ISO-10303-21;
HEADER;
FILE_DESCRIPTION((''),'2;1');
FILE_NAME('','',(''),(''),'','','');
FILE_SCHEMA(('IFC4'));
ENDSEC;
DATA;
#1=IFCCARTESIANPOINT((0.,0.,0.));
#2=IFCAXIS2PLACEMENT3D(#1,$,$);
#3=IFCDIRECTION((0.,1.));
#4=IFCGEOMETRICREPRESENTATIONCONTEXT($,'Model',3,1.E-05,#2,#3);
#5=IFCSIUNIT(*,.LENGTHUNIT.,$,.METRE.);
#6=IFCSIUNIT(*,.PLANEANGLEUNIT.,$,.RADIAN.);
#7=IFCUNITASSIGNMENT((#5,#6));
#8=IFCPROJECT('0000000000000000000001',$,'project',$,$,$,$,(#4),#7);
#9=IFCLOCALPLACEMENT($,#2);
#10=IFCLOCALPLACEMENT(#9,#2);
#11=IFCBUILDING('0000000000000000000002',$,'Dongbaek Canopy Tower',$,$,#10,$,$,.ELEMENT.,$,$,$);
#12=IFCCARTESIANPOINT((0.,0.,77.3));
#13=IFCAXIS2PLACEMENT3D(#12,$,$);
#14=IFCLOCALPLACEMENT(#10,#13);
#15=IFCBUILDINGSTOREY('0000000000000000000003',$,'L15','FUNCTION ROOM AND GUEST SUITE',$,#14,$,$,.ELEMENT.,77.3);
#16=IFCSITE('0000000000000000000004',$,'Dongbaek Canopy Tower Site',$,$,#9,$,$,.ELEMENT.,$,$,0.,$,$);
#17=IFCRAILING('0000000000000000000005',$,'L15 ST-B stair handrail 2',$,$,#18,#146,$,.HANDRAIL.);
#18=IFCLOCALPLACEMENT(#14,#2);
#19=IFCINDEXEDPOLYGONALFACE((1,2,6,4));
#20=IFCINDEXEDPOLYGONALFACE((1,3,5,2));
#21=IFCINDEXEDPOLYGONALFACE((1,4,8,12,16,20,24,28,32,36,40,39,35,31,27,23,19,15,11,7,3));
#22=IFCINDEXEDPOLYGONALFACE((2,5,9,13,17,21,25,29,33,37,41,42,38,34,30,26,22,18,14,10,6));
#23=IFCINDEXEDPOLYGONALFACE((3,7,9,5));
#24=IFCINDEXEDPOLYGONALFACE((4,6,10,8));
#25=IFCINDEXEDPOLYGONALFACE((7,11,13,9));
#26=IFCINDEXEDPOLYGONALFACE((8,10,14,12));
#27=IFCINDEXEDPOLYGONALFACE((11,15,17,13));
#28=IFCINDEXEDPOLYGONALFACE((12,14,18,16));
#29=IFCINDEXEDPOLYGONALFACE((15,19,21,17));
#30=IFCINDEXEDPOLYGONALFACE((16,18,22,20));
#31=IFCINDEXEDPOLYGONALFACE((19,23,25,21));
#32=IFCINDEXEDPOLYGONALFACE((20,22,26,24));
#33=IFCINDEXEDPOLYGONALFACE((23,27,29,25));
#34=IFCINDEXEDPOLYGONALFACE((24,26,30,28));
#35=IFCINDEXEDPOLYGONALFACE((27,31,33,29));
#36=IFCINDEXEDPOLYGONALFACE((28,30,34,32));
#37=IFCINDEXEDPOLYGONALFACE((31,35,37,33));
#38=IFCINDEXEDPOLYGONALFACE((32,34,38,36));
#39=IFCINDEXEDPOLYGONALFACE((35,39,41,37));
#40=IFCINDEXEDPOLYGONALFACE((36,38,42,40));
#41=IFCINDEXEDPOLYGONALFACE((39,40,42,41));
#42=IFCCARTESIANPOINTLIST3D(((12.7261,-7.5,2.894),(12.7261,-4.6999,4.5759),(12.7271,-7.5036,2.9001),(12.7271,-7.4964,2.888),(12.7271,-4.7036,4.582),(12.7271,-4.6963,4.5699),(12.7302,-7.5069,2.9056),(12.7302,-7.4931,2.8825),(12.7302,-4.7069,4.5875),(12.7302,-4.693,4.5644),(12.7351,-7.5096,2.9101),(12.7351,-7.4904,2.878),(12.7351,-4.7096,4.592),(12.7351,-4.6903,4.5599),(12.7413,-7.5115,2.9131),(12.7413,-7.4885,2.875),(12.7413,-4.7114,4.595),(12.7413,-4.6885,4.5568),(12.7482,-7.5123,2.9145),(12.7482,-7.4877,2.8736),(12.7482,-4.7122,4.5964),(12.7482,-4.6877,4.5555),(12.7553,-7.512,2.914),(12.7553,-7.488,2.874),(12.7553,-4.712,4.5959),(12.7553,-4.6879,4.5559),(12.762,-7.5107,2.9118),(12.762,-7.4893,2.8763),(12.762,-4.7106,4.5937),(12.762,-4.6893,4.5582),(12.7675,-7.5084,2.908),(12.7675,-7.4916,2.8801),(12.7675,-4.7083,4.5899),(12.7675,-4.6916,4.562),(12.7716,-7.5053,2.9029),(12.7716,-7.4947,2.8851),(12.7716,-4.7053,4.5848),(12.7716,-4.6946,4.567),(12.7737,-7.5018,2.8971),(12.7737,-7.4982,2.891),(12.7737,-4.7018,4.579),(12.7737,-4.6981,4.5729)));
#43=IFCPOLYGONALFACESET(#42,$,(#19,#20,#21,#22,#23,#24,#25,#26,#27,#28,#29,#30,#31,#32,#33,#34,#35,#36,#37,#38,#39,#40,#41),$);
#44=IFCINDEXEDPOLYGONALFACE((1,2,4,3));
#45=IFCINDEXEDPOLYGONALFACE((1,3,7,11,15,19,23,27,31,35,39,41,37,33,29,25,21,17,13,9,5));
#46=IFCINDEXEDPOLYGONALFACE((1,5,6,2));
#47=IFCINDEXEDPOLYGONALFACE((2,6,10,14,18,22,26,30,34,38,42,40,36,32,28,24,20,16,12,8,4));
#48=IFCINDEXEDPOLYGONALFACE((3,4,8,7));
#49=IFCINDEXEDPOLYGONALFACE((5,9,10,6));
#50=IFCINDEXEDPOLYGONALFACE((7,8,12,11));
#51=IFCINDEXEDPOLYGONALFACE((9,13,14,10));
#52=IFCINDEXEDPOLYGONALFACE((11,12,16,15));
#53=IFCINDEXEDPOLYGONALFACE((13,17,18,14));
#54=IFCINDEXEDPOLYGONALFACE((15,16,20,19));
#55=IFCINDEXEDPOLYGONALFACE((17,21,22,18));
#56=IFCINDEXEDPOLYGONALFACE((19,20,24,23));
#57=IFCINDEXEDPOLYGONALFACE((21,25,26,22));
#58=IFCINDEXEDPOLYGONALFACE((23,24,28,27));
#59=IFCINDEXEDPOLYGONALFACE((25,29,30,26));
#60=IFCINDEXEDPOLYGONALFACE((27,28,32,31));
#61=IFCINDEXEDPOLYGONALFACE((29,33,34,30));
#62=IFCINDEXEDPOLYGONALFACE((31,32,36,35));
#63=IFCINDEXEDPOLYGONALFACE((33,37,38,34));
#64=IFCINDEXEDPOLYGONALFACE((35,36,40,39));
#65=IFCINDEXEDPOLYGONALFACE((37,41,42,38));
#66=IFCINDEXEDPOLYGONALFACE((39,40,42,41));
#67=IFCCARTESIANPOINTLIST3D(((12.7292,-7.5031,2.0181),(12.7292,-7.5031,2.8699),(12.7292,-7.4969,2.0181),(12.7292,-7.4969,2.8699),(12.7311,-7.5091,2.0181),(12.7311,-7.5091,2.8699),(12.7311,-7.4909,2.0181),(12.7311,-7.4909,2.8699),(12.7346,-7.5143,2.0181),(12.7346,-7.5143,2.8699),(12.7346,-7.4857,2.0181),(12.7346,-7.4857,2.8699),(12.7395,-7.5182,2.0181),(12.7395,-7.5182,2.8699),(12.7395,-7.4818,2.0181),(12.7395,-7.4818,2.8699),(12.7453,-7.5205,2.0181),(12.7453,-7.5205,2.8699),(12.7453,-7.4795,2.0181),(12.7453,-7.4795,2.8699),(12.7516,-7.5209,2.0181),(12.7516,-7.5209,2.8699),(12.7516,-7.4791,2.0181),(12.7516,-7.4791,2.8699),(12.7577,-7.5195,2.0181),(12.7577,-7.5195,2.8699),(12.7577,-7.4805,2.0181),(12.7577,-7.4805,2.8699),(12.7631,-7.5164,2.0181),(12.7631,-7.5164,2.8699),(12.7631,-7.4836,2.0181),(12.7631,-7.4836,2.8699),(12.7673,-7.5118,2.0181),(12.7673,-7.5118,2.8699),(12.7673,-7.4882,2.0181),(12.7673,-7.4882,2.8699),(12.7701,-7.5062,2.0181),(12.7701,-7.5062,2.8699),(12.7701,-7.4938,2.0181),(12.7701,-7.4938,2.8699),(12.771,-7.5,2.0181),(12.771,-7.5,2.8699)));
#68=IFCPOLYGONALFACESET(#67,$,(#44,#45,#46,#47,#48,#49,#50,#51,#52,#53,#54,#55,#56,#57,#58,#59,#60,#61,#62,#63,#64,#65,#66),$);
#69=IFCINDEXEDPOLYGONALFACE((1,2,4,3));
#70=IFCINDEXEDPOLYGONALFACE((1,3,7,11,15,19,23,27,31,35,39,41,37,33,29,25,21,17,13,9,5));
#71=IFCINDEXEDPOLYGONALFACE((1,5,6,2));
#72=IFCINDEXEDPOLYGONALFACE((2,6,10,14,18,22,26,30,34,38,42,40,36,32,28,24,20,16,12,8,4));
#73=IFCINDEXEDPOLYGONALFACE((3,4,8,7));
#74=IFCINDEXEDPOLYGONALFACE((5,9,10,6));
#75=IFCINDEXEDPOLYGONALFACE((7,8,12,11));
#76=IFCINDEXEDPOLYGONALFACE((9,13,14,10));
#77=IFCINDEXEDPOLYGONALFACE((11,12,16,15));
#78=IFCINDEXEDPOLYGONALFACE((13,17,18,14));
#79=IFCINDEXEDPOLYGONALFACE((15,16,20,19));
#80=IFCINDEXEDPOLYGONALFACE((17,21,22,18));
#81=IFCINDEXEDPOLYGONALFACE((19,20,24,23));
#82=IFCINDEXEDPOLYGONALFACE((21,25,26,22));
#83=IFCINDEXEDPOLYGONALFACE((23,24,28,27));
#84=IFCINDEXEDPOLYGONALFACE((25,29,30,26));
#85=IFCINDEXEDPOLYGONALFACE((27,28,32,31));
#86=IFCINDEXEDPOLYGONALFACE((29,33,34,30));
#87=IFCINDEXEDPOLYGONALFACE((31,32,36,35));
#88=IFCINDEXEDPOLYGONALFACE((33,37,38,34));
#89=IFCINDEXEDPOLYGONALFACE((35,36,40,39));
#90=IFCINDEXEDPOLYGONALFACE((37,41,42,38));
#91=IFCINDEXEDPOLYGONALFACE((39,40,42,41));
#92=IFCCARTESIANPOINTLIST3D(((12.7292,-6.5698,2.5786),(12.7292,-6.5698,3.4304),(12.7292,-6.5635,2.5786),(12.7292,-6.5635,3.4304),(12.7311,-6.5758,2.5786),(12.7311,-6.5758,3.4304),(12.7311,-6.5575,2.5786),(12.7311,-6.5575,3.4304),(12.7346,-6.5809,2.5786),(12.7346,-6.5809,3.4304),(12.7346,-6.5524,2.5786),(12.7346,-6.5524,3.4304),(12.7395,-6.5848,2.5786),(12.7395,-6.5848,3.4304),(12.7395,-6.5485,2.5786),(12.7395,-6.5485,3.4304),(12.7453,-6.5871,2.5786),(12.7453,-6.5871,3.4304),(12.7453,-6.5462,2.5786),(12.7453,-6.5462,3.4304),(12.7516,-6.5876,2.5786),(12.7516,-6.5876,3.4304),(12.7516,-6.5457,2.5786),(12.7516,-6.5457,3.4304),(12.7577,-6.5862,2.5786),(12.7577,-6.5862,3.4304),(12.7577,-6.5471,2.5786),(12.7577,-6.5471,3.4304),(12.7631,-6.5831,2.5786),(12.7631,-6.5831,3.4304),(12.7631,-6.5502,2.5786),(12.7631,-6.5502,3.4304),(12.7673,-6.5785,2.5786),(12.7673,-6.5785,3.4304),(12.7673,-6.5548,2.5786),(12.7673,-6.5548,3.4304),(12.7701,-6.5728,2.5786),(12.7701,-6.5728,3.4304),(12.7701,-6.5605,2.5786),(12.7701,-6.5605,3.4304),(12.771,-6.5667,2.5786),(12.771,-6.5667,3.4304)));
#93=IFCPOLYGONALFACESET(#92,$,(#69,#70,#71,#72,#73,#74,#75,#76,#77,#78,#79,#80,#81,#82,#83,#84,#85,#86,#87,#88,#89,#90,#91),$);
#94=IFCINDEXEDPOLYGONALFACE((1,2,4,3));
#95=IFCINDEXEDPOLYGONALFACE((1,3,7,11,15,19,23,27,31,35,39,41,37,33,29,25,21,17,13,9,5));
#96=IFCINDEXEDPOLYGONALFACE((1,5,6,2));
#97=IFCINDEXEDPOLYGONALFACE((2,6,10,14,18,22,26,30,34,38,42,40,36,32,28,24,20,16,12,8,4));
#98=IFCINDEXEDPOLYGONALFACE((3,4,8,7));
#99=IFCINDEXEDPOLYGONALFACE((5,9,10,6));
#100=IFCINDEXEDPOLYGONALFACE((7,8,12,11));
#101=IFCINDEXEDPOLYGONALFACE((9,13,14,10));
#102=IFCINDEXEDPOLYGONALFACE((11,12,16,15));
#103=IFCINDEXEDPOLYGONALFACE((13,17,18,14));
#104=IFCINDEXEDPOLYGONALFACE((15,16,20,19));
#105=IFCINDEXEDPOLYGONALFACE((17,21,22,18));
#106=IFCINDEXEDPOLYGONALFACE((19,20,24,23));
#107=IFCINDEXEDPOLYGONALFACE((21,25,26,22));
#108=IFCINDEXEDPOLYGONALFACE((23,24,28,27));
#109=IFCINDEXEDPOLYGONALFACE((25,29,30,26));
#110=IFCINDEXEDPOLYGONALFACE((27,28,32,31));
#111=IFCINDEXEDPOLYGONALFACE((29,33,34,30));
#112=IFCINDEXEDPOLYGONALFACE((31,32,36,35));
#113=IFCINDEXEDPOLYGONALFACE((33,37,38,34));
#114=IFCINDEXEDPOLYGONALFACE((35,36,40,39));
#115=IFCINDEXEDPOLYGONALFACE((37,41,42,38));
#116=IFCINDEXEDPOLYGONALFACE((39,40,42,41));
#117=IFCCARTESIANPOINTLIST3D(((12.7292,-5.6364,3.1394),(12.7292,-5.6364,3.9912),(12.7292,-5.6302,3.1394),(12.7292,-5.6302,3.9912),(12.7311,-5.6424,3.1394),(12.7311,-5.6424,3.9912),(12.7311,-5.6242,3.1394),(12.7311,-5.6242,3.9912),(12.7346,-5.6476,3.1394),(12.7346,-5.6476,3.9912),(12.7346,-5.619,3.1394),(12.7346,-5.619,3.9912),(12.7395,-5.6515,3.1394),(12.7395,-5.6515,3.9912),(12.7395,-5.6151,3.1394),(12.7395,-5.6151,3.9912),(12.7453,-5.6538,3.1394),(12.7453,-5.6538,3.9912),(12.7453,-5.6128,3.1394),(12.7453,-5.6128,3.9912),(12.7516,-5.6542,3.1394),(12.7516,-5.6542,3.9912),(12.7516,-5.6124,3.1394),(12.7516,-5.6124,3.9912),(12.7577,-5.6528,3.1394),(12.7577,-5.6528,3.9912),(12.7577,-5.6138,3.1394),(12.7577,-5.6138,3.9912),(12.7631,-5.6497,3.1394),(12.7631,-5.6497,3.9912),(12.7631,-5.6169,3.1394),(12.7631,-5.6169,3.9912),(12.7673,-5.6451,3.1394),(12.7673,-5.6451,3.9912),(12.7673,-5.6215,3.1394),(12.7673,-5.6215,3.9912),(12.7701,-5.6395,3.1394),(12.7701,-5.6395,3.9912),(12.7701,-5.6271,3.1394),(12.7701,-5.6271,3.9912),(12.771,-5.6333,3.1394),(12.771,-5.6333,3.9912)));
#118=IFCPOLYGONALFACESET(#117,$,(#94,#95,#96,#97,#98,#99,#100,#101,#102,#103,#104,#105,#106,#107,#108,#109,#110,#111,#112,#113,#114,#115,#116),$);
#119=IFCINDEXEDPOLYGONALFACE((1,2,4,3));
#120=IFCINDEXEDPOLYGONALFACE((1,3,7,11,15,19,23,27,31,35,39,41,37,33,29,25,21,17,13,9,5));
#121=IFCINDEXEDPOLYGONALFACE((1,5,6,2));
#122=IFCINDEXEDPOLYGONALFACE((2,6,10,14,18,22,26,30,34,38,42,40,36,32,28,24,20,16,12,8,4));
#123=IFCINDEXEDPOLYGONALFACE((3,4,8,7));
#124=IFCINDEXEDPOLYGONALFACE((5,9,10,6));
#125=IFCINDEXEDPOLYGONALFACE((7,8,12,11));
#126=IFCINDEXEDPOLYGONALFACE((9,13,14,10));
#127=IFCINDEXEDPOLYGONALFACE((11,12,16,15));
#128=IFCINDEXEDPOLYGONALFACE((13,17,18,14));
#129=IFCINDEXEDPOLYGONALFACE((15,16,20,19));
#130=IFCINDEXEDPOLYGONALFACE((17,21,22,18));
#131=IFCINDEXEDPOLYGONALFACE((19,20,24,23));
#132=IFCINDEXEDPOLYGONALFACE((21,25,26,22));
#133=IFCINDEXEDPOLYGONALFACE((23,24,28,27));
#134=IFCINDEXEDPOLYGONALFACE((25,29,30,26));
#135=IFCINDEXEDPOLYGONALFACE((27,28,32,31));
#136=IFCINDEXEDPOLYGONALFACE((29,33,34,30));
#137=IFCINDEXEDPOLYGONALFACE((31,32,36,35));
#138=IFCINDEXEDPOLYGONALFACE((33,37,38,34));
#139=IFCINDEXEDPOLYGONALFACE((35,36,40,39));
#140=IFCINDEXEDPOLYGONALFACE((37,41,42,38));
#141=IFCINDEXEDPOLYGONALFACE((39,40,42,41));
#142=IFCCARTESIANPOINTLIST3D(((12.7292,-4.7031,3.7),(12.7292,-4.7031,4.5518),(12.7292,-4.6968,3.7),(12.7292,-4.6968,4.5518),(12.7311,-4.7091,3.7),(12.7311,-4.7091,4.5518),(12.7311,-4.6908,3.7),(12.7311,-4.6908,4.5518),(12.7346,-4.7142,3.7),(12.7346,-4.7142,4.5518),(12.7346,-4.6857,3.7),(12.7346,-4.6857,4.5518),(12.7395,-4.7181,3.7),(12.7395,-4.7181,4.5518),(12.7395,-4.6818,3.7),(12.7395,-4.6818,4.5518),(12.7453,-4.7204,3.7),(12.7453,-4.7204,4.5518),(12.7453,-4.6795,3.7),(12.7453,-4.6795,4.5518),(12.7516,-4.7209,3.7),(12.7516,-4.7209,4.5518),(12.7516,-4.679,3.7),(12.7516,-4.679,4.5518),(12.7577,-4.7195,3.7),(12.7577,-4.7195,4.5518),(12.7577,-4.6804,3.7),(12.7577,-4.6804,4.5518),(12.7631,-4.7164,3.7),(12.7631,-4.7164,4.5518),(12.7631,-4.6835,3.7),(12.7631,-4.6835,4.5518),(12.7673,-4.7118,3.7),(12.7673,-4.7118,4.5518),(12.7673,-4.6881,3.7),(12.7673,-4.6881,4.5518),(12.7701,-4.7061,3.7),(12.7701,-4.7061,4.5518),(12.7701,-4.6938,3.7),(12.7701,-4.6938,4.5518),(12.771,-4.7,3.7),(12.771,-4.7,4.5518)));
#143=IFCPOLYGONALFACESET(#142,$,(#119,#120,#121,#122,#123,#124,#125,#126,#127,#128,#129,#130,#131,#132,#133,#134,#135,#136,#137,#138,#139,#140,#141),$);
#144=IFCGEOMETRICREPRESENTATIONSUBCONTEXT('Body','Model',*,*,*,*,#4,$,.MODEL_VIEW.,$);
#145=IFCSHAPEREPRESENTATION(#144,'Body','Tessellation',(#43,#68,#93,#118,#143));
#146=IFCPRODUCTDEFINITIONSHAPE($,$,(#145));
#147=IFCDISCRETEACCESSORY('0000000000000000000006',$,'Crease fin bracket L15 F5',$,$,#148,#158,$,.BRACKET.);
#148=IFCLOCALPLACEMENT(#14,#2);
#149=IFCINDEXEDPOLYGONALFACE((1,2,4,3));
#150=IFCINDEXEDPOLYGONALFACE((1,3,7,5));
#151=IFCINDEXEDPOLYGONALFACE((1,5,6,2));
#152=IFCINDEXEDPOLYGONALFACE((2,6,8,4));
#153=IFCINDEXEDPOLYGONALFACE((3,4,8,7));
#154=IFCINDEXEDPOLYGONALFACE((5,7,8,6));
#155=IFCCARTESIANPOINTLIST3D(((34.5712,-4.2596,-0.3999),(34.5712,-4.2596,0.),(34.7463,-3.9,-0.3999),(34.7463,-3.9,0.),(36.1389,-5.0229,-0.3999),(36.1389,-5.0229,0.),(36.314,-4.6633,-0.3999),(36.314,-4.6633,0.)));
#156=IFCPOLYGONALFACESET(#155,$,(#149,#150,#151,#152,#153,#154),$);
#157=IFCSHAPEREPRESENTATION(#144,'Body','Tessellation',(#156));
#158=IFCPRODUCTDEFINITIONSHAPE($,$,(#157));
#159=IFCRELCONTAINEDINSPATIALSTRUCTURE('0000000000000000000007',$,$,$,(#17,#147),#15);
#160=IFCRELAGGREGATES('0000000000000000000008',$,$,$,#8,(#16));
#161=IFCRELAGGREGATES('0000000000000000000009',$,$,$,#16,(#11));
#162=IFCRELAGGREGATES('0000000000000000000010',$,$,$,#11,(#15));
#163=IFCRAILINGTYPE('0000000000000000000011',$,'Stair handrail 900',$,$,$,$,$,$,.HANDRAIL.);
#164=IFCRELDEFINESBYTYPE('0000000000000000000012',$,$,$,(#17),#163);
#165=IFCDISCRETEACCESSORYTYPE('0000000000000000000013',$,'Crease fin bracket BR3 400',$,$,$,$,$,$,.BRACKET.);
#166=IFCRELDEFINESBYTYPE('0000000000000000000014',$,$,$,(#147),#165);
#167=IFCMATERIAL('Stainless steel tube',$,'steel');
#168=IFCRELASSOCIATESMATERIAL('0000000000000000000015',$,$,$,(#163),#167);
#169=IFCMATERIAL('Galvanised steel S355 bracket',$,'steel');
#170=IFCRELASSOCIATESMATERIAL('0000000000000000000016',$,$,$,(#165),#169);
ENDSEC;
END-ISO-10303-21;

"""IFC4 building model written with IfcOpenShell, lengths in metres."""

from ifc_helpers import new_model, si_unit, direction, frame, origin, origin_2d, place, context, subcontext, project, spatial, rectangle, circle, extrude, material, type_object, element, save


model = new_model("IFC4")

# Units and contexts
model_context = context("Model", 3, precision=1e-05, world=origin(), true_north=direction((0.0, 1.0)))
body_context = subcontext(model_context, "Body", "Model", "MODEL_VIEW")
ifc_project = project(units=[si_unit("LENGTHUNIT", "METRE"), si_unit("PLANEANGLEUNIT", "RADIAN")], contexts=[model_context])

# Site, building, storey
site_placement = place(None, origin())
site = spatial("IfcSite", under=ifc_project, at=site_placement, Name="Dongbaek Canopy Tower Site", CompositionType="ELEMENT", RefElevation=0.0)
building_placement = place(site_placement, origin())
building = spatial("IfcBuilding", under=site, at=building_placement, Name="Dongbaek Canopy Tower", CompositionType="ELEMENT")
storey_placement = place(building_placement, frame((0.0, 0.0, 77.3)))
storey = spatial("IfcBuildingStorey", under=building, at=storey_placement, Name="L15", Description="FUNCTION ROOM AND GUEST SUITE", CompositionType="ELEMENT", Elevation=77.3)

# Railing
ifc_material_1 = material(Name="Stainless steel tube", Category="steel")
railing_type_1 = type_object("IfcRailingType", Name="Stair handrail 900", PredefinedType="HANDRAIL", material=ifc_material_1)
railing_1_placement = place(storey_placement, frame((12.75, -7.5, 2.0181)))
element("IfcRailing", 1, at=railing_1_placement, inside=storey, type_object=railing_type_1, Name="L15 ST-B stair handrail 2", PredefinedType="HANDRAIL", context=body_context, shape_type="SweptSolid", body=[
    extrude(circle(Radius=0.0239, at=origin_2d()), frame((0.0, 0.0, 0.876), z_axis=(0.0, 0.857242, 0.514913), x_axis=(-1.0, 0.0, 0.0)), (0.0, 0.0, 1.0), 3.2664),
    extrude(circle(Radius=0.021, at=origin_2d()), origin(), (0.0, 0.0, 1.0), 0.8518),
    extrude(circle(Radius=0.021, at=origin_2d()), frame((0.0, 0.9333, 0.5605)), (0.0, 0.0, 1.0), 0.8518),
    extrude(circle(Radius=0.021, at=origin_2d()), frame((0.0, 1.8667, 1.1213)), (0.0, 0.0, 1.0), 0.8518),
    extrude(circle(Radius=0.021, at=origin_2d()), frame((0.0, 2.8, 1.6819)), (0.0, 0.0, 1.0), 0.8518),
])

# Discrete accessory
ifc_material_2 = material(Name="Galvanised steel S355 bracket", Category="steel")
discrete_accessory_type = type_object("IfcDiscreteAccessoryType", Name="Crease fin bracket BR3 400", PredefinedType="BRACKET", material=ifc_material_2)
discrete_accessory_placement = place(storey_placement, frame((35.4426, -4.4614, -0.3999), z_axis=(0.0, 0.0, 1.0), x_axis=(0.899092, -0.437759, 0.0)))
element("IfcDiscreteAccessory", 2, at=discrete_accessory_placement, inside=storey, type_object=discrete_accessory_type, Name="Crease fin bracket L15 F5", PredefinedType="BRACKET", context=body_context, shape_type="SweptSolid", body=[
    extrude(rectangle(XDim=1.7437, YDim=0.3999, at=origin_2d()), origin(), (0.0, 0.0, 1.0), 0.3999),
])

save(model, "model.ifc")
